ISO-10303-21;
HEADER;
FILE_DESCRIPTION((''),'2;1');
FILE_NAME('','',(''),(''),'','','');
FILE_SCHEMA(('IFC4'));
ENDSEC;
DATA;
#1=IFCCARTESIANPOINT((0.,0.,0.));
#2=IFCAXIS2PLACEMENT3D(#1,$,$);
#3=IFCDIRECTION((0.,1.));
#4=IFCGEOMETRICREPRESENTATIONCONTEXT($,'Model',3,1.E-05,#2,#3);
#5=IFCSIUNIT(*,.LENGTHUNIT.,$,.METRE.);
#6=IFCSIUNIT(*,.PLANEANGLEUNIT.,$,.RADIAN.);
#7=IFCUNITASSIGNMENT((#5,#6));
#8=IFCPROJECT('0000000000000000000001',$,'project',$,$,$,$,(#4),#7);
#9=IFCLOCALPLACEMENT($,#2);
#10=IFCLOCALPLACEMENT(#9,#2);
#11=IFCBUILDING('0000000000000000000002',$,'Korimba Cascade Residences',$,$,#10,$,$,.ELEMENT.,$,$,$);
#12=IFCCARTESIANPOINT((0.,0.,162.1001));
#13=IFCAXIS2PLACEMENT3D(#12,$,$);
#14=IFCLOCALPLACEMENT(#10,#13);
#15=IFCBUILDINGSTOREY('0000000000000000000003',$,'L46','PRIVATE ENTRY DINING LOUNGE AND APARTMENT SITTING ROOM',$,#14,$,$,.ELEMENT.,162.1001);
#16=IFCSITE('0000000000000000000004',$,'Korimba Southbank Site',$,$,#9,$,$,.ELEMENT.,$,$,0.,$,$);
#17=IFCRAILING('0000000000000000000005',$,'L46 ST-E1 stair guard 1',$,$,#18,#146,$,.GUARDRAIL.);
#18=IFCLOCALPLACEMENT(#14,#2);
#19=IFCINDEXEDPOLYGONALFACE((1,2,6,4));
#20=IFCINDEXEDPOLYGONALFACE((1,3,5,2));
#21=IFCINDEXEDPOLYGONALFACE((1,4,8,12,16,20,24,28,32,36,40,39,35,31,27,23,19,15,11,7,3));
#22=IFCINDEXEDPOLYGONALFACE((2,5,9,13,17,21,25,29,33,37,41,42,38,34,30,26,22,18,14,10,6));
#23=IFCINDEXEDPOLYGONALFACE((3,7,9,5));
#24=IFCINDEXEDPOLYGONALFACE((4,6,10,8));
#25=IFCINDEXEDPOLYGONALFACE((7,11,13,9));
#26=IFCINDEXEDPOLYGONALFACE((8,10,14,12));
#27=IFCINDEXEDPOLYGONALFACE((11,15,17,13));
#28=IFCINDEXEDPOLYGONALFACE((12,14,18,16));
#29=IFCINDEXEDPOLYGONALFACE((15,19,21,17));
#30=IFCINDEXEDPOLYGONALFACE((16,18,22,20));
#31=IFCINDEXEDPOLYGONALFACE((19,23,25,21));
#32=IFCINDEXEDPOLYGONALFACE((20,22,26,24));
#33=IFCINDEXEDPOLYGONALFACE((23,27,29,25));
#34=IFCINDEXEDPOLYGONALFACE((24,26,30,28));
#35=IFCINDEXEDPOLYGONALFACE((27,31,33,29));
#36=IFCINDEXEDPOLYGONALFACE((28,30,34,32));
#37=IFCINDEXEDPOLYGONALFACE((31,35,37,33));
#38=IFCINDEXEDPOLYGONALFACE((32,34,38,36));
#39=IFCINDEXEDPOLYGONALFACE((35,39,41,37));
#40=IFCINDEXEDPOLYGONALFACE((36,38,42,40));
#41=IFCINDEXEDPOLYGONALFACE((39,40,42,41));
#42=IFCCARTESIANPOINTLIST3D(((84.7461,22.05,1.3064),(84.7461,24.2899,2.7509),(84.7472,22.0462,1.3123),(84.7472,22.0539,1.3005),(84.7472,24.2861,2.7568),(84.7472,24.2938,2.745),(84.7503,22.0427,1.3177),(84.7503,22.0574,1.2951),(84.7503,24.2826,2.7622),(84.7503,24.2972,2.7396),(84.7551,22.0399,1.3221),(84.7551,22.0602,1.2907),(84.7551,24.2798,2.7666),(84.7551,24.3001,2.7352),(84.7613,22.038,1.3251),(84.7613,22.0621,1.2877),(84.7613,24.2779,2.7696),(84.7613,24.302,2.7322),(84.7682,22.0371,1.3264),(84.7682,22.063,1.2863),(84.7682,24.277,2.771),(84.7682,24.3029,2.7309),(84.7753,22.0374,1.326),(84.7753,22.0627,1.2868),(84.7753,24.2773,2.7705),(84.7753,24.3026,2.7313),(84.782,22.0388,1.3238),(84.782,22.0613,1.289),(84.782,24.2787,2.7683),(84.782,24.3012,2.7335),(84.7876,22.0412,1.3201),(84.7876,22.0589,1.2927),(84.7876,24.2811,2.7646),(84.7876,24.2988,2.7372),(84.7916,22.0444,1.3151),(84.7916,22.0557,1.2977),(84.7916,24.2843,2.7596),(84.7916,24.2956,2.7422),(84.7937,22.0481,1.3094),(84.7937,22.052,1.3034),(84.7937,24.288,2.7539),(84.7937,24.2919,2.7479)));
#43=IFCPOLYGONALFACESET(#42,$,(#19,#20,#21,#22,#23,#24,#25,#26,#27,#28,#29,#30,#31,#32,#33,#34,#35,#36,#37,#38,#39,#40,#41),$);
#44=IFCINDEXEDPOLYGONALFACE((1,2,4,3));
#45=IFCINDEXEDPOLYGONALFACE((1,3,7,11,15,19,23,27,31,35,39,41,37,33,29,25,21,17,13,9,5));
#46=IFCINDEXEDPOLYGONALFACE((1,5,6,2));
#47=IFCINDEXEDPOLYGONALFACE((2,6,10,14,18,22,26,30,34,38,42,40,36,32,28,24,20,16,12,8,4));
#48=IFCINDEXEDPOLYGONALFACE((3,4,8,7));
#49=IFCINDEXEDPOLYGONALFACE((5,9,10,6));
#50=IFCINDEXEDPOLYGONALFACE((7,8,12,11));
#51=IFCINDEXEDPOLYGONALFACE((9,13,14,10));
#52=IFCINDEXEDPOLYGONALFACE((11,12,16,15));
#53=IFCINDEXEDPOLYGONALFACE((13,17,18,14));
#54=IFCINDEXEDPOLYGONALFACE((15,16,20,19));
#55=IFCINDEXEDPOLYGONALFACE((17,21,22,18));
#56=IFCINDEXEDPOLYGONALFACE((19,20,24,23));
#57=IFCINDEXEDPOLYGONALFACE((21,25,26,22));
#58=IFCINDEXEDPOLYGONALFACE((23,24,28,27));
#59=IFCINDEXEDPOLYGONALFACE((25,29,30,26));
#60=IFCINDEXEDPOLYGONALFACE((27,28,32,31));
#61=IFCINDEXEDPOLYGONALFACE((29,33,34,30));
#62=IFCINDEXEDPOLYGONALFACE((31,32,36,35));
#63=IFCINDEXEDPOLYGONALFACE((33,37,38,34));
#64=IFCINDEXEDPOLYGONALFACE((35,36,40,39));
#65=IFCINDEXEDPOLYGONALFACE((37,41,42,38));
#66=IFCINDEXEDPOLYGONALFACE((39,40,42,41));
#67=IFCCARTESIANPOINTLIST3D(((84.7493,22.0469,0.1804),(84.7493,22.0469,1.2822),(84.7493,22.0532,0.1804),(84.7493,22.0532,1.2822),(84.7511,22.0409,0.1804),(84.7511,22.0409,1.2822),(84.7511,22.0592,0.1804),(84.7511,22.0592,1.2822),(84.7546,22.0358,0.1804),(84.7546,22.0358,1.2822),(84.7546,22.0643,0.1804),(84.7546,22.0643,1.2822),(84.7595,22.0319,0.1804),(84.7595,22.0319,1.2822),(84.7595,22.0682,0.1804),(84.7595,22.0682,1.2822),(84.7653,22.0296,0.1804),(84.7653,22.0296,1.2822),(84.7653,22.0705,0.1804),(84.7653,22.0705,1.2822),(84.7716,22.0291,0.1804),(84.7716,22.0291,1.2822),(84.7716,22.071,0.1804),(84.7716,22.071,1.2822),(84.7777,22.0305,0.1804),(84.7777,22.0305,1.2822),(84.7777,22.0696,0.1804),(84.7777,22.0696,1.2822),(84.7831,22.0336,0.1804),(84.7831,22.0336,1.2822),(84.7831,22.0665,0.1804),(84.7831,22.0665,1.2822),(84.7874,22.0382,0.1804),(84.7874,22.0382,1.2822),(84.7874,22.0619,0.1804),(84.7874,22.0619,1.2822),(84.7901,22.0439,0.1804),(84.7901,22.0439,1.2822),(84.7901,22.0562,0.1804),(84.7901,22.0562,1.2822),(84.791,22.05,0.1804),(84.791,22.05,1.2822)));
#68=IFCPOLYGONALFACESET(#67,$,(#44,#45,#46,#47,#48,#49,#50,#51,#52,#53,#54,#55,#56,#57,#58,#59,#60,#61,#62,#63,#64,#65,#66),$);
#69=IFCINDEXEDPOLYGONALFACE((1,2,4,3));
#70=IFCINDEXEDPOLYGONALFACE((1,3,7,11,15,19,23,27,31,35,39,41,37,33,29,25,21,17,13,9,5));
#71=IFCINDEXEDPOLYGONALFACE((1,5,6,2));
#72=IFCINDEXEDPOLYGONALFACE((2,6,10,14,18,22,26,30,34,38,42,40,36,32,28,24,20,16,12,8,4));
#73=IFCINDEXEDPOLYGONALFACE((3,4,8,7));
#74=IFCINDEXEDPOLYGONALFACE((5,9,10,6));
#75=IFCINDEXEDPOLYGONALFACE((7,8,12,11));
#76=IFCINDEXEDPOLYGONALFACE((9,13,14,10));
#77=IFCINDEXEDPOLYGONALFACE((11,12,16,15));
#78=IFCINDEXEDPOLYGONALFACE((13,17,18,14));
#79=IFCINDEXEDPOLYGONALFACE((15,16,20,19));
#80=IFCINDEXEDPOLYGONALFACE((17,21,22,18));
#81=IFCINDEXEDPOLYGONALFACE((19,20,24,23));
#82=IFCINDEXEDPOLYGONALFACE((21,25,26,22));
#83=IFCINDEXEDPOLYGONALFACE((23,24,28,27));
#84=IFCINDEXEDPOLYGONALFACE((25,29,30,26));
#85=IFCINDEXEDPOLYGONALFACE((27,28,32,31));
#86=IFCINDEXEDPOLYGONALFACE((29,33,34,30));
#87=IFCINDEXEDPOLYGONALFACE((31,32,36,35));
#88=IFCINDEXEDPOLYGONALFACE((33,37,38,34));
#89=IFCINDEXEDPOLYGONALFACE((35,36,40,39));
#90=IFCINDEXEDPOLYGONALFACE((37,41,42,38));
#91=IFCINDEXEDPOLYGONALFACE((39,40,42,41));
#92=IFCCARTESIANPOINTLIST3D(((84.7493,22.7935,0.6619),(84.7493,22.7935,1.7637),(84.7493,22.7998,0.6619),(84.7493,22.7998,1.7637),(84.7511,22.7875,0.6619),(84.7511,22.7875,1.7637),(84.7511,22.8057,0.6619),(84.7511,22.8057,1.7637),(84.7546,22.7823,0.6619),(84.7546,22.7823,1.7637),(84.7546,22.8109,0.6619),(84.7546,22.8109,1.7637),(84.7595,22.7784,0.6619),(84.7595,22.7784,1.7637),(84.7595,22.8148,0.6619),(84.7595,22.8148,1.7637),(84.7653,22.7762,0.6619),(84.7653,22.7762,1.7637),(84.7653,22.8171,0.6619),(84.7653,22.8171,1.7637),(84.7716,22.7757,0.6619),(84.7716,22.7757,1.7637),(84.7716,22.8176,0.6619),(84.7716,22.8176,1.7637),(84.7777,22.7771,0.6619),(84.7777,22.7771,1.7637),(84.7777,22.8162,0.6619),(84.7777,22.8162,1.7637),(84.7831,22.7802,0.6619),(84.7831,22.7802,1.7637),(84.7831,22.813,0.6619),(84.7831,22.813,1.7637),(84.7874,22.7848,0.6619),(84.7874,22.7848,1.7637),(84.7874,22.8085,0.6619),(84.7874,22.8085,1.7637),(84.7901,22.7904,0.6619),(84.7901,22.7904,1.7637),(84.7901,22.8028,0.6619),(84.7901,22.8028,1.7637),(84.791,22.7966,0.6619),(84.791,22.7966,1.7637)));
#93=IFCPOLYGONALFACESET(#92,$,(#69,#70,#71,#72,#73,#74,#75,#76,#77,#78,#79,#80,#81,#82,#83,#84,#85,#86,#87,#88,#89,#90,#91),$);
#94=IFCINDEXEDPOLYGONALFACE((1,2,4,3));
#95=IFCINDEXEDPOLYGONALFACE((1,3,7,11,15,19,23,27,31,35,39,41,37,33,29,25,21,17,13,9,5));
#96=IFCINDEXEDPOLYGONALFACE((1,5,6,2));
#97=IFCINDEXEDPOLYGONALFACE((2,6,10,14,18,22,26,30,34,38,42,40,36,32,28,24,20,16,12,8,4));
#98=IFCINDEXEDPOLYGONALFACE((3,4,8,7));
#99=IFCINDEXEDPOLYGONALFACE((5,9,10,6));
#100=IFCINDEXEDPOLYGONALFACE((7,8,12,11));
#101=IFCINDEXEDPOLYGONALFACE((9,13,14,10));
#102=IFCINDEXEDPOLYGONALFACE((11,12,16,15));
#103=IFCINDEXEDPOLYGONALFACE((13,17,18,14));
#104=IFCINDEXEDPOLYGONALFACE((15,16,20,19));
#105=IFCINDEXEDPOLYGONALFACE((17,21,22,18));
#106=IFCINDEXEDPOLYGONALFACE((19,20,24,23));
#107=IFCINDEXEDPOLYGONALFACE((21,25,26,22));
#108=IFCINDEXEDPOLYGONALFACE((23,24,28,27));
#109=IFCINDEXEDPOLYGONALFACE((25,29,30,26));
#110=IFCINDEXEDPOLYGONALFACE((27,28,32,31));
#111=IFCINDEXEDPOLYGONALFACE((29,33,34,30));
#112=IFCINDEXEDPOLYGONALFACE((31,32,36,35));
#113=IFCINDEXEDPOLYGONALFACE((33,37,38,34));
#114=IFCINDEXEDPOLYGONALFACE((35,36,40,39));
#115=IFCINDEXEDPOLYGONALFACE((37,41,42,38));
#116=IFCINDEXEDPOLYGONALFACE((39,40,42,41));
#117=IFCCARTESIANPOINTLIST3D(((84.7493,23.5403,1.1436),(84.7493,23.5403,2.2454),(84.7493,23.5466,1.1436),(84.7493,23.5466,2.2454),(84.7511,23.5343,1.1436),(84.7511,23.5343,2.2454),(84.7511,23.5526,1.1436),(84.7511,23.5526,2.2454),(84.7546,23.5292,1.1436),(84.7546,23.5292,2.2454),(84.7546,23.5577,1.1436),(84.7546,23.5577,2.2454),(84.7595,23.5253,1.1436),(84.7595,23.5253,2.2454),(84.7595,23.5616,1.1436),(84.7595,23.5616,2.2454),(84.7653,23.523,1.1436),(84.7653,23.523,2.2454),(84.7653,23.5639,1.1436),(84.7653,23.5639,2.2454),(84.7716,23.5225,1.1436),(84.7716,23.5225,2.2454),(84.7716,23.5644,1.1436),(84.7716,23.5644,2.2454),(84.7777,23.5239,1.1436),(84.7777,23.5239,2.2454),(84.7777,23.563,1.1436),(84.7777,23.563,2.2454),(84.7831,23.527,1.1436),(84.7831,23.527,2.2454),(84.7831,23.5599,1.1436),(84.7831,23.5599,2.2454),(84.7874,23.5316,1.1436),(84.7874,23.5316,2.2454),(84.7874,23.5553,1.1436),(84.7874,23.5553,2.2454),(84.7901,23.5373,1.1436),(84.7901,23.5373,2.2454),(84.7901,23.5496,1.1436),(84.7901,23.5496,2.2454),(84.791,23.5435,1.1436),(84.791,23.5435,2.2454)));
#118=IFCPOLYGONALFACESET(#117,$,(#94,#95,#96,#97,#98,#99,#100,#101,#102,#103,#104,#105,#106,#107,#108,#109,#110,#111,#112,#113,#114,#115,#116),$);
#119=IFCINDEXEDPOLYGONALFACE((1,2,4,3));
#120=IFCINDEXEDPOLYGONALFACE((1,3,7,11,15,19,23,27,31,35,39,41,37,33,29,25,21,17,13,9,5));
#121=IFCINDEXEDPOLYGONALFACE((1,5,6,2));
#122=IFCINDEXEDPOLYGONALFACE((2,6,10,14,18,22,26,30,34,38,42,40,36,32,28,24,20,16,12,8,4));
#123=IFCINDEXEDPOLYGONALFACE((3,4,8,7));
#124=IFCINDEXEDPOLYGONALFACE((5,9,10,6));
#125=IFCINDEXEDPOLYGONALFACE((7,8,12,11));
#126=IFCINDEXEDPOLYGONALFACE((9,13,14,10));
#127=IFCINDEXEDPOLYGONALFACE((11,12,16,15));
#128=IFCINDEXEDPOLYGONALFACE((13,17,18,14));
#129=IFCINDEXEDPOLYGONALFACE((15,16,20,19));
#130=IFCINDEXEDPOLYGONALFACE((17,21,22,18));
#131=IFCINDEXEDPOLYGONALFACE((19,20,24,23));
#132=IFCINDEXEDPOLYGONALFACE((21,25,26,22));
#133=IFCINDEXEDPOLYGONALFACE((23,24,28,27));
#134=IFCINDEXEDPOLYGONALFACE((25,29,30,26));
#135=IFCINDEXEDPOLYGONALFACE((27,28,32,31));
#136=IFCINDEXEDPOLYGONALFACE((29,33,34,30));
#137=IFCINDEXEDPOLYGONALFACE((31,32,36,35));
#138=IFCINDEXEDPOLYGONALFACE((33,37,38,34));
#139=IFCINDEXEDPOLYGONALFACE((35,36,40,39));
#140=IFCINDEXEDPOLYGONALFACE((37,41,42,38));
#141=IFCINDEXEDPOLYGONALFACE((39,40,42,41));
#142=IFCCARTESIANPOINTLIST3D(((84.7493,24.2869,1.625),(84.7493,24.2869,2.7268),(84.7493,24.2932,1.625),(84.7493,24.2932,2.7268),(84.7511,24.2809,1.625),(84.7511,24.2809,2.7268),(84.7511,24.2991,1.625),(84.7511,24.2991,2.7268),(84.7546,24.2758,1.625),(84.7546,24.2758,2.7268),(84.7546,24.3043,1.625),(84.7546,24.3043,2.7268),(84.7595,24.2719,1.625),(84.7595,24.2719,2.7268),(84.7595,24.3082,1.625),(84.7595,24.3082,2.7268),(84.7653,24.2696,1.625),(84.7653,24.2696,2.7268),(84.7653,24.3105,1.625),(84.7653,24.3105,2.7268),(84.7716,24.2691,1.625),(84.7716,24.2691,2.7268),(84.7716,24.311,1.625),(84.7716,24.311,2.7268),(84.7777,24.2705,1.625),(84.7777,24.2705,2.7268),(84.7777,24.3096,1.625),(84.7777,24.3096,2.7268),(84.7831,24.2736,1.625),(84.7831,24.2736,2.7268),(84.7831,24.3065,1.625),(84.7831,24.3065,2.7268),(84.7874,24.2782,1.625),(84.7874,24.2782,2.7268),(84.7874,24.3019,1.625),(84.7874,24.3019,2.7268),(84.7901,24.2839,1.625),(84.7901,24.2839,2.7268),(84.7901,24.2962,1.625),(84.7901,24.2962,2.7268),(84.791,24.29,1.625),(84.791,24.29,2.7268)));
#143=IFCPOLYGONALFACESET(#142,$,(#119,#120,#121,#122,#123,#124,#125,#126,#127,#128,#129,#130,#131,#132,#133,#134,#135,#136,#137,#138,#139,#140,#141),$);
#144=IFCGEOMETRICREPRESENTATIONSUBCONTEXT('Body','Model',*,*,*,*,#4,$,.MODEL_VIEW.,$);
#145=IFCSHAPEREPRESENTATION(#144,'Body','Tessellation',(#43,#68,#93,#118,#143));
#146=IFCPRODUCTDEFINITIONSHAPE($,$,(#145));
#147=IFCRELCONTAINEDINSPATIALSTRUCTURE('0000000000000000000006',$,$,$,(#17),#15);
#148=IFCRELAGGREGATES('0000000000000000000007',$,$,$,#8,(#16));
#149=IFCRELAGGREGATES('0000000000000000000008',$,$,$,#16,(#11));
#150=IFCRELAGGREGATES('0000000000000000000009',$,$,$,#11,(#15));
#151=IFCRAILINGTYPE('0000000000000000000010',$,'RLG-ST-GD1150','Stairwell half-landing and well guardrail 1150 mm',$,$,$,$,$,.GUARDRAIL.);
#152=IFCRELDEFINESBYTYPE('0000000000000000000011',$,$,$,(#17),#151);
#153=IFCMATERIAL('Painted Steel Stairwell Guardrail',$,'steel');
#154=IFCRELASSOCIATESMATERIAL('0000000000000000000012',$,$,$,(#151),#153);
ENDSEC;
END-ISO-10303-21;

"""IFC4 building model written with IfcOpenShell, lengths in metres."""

from ifc_helpers import new_model, si_unit, direction, frame, origin, origin_2d, place, context, subcontext, project, spatial, circle, extrude, material, type_object, element, save


model = new_model("IFC4")

# Units and contexts
model_context = context("Model", 3, precision=1e-05, world=origin(), true_north=direction((0.0, 1.0)))
body_context = subcontext(model_context, "Body", "Model", "MODEL_VIEW")
ifc_project = project(units=[si_unit("LENGTHUNIT", "METRE"), si_unit("PLANEANGLEUNIT", "RADIAN")], contexts=[model_context])

# Site, building, storey
site_placement = place(None, origin())
site = spatial("IfcSite", under=ifc_project, at=site_placement, Name="Korimba Southbank Site", CompositionType="ELEMENT", RefElevation=0.0)
building_placement = place(site_placement, origin())
building = spatial("IfcBuilding", under=site, at=building_placement, Name="Korimba Cascade Residences", CompositionType="ELEMENT")
storey_placement = place(building_placement, frame((0.0, 0.0, 162.1001)))
storey = spatial("IfcBuildingStorey", under=building, at=storey_placement, Name="L46", Description="PRIVATE ENTRY DINING LOUNGE AND APARTMENT SITTING ROOM", CompositionType="ELEMENT", Elevation=162.1001)

# Railing
ifc_material_1 = material(Name="Painted Steel Stairwell Guardrail", Category="steel")
railing_type_1 = type_object("IfcRailingType", Name="RLG-ST-GD1150", Description="Stairwell half-landing and well guardrail 1150 mm", PredefinedType="GUARDRAIL", material=ifc_material_1)
railing_1_placement = place(storey_placement, frame((84.77, 22.05, 0.1804)))
element("IfcRailing", 1, at=railing_1_placement, inside=storey, type_object=railing_type_1, Name="L46 ST-E1 stair guard 1", PredefinedType="GUARDRAIL", context=body_context, shape_type="SweptSolid", body=[
    extrude(circle(Radius=0.0239, at=origin_2d()), frame((0.0, 0.0, 1.126), z_axis=(0.0, 0.840395, 0.541975), x_axis=(-1.0, 0.0, 0.0)), (0.0, 0.0, 1.0), 2.6653),
    extrude(circle(Radius=0.021, at=origin_2d()), origin(), (0.0, 0.0, 1.0), 1.1018),
    extrude(circle(Radius=0.021, at=origin_2d()), frame((0.0, 0.7466, 0.4814)), (0.0, 0.0, 1.0), 1.1018),
    extrude(circle(Radius=0.021, at=origin_2d()), frame((0.0, 1.4934, 0.9631)), (0.0, 0.0, 1.0), 1.1018),
    extrude(circle(Radius=0.021, at=origin_2d()), frame((0.0, 2.24, 1.4446)), (0.0, 0.0, 1.0), 1.1018),
])

save(model, "model.ifc")
